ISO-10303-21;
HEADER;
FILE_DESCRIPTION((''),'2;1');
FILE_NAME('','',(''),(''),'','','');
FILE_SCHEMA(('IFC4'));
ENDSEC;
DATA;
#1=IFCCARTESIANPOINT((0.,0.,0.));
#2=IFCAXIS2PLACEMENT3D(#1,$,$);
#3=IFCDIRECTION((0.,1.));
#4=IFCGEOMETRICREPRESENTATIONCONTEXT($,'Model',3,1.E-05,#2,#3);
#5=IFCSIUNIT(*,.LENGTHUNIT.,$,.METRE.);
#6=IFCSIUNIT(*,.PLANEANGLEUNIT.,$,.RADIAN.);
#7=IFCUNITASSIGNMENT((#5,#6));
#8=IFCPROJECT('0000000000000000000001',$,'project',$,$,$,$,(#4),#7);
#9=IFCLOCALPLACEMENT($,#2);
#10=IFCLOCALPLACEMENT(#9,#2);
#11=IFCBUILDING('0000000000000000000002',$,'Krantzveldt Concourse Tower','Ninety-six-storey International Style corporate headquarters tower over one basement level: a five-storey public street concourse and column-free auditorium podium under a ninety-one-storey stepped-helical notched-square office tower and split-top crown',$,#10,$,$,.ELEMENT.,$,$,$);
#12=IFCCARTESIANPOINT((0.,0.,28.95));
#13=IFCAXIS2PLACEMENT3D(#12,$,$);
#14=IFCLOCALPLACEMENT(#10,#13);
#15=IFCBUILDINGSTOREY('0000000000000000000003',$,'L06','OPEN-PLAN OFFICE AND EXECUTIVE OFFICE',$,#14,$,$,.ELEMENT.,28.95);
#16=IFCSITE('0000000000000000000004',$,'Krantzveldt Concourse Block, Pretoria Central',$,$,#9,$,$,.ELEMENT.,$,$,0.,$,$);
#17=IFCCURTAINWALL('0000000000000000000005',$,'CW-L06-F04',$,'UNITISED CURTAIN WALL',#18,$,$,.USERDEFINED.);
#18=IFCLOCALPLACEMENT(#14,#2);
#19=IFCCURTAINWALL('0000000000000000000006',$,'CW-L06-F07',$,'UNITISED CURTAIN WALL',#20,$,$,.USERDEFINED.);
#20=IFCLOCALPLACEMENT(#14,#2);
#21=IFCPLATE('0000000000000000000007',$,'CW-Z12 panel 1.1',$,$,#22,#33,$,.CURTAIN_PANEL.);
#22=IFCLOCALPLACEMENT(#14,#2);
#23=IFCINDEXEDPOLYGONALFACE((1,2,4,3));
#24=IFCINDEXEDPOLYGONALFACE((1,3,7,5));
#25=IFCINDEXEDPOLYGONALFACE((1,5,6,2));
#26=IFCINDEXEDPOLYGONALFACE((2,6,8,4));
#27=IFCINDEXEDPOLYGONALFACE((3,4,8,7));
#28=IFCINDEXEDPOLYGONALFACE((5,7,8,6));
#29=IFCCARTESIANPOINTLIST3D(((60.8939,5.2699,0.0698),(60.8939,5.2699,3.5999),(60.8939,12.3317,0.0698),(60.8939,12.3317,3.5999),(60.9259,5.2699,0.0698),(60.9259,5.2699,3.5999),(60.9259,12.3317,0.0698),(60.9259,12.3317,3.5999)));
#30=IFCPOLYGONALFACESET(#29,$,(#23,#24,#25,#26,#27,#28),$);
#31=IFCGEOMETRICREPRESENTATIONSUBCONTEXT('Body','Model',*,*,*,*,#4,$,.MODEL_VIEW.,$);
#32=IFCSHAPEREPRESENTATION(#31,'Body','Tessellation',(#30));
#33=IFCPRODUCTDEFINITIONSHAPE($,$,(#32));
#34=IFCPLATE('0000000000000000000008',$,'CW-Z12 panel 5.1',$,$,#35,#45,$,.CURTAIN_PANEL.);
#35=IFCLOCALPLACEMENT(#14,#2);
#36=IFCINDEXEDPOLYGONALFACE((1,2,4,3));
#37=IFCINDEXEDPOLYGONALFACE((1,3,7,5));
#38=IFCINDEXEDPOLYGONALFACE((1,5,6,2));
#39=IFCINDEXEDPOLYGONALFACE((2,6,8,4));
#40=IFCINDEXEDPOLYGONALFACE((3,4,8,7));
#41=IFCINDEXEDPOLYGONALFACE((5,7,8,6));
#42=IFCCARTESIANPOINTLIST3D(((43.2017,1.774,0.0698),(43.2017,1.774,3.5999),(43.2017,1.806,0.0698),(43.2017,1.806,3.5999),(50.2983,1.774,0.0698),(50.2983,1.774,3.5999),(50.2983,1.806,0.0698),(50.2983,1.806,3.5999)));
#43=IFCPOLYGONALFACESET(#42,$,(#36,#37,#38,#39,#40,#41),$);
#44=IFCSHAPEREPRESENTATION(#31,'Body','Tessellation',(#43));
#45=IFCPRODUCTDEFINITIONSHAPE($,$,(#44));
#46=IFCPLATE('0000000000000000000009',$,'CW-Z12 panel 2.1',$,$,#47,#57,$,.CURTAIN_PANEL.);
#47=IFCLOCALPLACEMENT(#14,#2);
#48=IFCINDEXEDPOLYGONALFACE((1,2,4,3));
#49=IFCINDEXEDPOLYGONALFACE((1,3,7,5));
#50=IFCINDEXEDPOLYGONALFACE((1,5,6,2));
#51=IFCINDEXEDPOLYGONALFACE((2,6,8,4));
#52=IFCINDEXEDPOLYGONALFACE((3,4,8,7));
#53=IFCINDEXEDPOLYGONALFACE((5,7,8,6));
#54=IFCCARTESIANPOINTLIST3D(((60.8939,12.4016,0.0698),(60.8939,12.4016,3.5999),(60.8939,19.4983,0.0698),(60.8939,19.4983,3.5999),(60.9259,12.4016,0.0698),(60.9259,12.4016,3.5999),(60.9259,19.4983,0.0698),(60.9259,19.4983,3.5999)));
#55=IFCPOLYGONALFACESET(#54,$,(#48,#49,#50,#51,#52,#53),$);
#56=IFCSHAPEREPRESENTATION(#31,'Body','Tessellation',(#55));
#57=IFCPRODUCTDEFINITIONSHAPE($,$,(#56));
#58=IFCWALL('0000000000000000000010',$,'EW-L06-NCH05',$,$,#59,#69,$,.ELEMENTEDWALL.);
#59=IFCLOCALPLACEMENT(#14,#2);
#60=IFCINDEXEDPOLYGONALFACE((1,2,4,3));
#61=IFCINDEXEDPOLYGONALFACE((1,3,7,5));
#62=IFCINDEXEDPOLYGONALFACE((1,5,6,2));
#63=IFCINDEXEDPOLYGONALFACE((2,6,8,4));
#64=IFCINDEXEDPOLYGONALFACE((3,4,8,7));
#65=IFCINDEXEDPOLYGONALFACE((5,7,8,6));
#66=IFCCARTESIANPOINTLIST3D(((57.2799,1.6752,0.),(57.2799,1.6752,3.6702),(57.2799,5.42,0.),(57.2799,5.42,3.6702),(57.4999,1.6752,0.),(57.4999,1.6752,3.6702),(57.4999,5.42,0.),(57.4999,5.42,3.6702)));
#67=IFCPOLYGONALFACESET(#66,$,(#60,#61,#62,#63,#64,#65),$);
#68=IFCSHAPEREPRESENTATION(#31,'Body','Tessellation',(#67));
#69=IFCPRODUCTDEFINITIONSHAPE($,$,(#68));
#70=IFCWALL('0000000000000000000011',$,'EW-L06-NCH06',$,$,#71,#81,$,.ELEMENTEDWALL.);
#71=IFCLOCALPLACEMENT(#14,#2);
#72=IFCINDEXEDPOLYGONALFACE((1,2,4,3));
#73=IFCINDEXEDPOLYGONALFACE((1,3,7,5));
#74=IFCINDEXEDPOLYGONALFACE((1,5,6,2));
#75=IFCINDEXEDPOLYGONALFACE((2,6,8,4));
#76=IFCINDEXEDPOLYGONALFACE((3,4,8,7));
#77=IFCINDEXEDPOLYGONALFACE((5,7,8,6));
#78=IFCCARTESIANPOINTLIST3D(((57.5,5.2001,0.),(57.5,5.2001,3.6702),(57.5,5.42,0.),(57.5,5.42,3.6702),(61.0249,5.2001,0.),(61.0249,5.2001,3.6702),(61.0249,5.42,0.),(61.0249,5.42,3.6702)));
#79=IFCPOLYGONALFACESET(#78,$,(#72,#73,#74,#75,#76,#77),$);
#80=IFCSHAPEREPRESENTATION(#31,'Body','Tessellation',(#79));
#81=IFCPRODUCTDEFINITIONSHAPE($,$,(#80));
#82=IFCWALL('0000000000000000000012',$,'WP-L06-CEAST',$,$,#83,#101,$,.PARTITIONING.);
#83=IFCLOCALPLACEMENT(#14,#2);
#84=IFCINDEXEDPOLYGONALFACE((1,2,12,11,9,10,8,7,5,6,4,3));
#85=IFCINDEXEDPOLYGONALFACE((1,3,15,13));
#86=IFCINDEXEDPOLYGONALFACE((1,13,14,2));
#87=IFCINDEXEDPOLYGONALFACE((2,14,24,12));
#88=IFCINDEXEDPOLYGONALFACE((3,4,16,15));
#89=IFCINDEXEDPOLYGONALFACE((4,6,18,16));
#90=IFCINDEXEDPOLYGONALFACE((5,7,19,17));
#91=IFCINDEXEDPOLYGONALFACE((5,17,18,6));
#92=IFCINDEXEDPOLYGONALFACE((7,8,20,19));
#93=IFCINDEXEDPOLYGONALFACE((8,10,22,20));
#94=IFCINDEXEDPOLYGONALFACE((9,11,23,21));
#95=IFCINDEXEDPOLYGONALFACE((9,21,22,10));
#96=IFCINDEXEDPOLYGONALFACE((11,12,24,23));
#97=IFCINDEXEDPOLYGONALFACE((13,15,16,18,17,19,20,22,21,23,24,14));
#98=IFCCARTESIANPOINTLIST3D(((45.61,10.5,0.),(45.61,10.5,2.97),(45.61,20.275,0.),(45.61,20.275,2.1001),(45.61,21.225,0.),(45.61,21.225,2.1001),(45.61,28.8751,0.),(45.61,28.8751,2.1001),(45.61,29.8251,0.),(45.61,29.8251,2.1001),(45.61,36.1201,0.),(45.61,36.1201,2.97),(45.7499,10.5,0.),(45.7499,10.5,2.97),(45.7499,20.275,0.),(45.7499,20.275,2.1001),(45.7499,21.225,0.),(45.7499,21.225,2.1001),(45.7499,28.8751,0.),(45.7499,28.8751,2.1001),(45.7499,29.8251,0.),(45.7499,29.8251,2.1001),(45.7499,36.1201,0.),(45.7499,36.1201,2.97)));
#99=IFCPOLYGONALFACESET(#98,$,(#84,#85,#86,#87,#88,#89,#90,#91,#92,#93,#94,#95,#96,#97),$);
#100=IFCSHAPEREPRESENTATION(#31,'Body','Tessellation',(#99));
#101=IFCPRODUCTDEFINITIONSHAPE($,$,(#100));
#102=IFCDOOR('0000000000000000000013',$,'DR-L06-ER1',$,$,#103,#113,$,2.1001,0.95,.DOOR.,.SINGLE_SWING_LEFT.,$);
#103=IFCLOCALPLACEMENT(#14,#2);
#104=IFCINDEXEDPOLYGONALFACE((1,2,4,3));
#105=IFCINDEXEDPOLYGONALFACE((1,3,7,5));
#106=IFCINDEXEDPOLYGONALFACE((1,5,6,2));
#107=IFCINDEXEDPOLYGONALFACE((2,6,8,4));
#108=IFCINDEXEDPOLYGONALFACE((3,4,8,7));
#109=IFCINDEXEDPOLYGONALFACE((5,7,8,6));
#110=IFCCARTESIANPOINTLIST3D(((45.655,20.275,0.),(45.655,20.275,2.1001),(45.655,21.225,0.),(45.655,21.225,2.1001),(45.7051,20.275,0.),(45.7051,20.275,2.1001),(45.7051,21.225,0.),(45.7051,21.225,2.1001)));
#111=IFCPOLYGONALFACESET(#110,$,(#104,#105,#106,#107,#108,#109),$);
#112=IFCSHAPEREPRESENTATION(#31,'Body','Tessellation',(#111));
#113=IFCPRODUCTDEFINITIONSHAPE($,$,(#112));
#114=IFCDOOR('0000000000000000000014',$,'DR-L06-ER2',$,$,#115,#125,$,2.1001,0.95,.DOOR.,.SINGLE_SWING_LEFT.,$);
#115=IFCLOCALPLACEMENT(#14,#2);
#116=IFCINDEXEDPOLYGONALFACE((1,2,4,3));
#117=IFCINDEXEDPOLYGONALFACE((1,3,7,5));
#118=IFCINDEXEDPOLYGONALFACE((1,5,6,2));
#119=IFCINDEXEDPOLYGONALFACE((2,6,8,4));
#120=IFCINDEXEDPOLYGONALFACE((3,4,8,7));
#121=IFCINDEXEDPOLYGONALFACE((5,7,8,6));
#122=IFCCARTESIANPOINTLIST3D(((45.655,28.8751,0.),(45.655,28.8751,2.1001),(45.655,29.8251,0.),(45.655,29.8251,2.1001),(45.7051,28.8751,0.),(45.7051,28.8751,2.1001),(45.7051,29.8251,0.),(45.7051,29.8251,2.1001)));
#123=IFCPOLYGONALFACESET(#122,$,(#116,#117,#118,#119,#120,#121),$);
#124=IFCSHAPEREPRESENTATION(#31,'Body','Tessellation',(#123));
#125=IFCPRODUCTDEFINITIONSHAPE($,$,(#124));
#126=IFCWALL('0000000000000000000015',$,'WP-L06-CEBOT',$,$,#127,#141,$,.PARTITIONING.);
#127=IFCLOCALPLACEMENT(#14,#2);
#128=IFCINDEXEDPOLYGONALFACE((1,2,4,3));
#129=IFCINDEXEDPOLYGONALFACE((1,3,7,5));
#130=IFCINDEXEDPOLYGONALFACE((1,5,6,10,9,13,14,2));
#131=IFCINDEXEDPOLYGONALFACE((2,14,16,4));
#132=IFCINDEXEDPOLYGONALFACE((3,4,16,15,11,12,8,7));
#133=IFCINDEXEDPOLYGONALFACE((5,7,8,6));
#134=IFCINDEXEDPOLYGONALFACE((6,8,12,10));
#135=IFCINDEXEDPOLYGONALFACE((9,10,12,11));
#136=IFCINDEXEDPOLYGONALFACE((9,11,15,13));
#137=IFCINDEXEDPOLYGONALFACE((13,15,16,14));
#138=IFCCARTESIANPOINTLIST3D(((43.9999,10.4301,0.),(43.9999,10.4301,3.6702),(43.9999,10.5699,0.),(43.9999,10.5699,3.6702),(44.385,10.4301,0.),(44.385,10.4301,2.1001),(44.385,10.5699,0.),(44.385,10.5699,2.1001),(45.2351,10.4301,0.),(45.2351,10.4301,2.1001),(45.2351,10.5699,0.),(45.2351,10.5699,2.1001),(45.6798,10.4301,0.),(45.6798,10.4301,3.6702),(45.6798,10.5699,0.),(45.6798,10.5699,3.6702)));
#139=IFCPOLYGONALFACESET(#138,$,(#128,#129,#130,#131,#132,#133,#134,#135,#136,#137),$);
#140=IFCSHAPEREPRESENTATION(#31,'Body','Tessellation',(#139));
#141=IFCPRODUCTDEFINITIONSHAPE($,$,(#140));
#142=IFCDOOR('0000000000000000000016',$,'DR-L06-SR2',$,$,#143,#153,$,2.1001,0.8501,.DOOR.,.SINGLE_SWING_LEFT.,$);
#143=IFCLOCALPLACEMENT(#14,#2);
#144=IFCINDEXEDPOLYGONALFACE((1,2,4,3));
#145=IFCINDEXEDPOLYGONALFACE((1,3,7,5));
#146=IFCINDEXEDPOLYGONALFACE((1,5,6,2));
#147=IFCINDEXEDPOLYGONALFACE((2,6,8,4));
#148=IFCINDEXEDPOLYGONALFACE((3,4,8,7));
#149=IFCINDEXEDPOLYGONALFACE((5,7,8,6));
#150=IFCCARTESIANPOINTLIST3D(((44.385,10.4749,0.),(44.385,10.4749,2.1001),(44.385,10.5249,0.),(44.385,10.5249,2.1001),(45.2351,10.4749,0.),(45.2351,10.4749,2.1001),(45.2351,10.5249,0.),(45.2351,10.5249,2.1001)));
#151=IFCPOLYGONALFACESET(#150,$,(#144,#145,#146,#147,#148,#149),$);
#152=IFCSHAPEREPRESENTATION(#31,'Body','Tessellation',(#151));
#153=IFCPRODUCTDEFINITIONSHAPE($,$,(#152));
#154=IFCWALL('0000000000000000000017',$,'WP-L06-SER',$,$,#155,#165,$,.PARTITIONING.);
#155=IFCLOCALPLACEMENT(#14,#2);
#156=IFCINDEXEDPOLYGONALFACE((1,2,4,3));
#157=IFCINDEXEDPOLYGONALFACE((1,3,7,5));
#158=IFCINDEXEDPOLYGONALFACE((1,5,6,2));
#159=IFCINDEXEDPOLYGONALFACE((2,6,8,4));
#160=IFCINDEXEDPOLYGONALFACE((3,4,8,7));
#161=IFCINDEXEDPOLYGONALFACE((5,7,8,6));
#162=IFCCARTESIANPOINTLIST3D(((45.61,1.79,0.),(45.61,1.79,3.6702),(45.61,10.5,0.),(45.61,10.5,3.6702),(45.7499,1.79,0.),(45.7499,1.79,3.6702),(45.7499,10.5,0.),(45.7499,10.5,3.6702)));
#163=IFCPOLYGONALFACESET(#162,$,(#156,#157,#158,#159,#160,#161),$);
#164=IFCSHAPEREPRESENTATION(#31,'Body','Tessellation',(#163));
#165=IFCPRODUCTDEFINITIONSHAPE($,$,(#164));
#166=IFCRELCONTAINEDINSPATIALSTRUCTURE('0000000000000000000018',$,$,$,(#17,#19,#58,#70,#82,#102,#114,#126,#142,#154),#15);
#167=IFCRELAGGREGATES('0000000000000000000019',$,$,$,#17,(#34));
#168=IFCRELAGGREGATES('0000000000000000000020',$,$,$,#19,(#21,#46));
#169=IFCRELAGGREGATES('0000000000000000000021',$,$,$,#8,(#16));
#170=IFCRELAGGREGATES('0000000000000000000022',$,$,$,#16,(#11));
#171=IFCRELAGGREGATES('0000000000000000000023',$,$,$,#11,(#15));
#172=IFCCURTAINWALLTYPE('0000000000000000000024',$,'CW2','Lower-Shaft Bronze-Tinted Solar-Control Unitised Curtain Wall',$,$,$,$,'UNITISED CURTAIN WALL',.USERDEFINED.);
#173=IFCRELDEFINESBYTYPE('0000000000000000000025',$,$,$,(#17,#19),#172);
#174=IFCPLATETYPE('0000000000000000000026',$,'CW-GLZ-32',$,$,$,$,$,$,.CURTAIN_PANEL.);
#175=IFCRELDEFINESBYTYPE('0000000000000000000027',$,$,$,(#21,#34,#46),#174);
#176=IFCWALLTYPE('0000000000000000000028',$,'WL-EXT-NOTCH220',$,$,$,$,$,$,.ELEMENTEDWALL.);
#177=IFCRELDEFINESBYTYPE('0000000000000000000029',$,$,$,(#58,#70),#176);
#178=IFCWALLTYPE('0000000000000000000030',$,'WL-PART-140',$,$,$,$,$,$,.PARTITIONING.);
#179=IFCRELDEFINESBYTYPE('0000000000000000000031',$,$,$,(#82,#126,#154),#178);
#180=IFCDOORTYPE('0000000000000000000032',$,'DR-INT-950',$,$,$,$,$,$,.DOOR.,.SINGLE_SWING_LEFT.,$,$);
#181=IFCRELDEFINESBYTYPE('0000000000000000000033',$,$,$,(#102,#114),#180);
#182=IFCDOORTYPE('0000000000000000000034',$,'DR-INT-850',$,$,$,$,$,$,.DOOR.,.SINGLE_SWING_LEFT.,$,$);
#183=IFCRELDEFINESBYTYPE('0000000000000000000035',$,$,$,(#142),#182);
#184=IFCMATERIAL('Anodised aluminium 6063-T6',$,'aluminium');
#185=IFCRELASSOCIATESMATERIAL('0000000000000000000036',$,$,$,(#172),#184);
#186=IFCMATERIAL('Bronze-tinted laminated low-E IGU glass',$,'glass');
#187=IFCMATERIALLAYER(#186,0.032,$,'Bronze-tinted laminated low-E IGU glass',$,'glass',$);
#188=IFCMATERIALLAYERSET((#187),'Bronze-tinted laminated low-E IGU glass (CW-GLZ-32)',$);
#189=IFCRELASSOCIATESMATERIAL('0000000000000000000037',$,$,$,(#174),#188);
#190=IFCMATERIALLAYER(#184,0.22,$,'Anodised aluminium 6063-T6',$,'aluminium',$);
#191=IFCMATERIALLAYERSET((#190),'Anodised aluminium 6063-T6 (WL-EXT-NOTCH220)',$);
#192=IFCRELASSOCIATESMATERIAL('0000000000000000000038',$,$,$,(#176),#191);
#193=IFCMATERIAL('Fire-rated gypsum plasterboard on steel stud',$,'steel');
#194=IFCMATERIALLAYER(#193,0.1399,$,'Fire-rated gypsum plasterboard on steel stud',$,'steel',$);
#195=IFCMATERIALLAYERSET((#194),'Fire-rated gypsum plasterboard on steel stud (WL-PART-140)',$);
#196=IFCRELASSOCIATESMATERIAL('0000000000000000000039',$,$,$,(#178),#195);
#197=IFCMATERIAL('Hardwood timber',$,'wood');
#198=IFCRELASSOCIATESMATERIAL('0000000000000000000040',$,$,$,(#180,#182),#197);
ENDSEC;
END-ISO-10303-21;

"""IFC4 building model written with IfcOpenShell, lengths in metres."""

from ifc_helpers import new_model, si_unit, direction, frame, frame_2d, origin, origin_2d, place, context, subcontext, project, spatial, rectangle, extrude, source, transform, mapped, material, layer, layer_set, type_object, type_shapes, element, fill, aggregate, save


model = new_model("IFC4")

# Units and contexts
model_context = context("Model", 3, precision=1e-05, world=origin(), true_north=direction((0.0, 1.0)))
body_context = subcontext(model_context, "Body", "Model", "MODEL_VIEW")
ifc_project = project(units=[si_unit("LENGTHUNIT", "METRE"), si_unit("PLANEANGLEUNIT", "RADIAN")], contexts=[model_context])

# Site, building, storey
site_placement = place(None, origin())
site = spatial("IfcSite", under=ifc_project, at=site_placement, Name="Krantzveldt Concourse Block, Pretoria Central", CompositionType="ELEMENT", RefElevation=0.0)
building_placement = place(site_placement, origin())
building = spatial("IfcBuilding", under=site, at=building_placement, Name="Krantzveldt Concourse Tower", Description="Ninety-six-storey International Style corporate headquarters tower over one basement level: a five-storey public street concourse and column-free auditorium podium under a ninety-one-storey stepped-helical notched-square office tower and split-top crown", CompositionType="ELEMENT")
storey_placement = place(building_placement, frame((0.0, 0.0, 28.95)))
storey = spatial("IfcBuildingStorey", under=building, at=storey_placement, Name="L06", Description="OPEN-PLAN OFFICE AND EXECUTIVE OFFICE", CompositionType="ELEMENT", Elevation=28.95)

# Curtain walls
ifc_material_1 = material(Name="Anodised aluminium 6063-T6", Category="aluminium")
curtain_wall_type = type_object("IfcCurtainWallType", Name="CW2", Description="Lower-Shaft Bronze-Tinted Solar-Control Unitised Curtain Wall", ElementType="UNITISED CURTAIN WALL", PredefinedType="USERDEFINED", material=ifc_material_1)
curtain_wall_1_placement = place(storey_placement, origin())
curtain_wall_1 = element("IfcCurtainWall", 1, at=curtain_wall_1_placement, inside=storey, type_object=curtain_wall_type, Name="CW-L06-F04", ObjectType="UNITISED CURTAIN WALL", PredefinedType="USERDEFINED")
curtain_wall_2_placement = place(storey_placement, origin())
curtain_wall_2 = element("IfcCurtainWall", 2, at=curtain_wall_2_placement, inside=storey, type_object=curtain_wall_type, Name="CW-L06-F07", ObjectType="UNITISED CURTAIN WALL", PredefinedType="USERDEFINED")

# Plates
ifc_material_2 = material(Name="Bronze-tinted laminated low-E IGU glass", Category="glass")
ifc_layer_1 = layer(ifc_material_2, 0.032, Name="Bronze-tinted laminated low-E IGU glass", Category="glass")
ifc_layer_set_1 = layer_set([ifc_layer_1], Name="Bronze-tinted laminated low-E IGU glass (CW-GLZ-32)")
plate_type = type_object("IfcPlateType", Name="CW-GLZ-32", PredefinedType="CURTAIN_PANEL", material=ifc_layer_set_1)
shared_shape_1 = source(origin(), body_context, "Body", "SweptSolid", [
    extrude(rectangle(XDim=7.0618, YDim=0.032, at=origin_2d()), origin(), (0.0, 0.0, 1.0), 3.53),
])
plate_1_placement = place(storey_placement, frame((60.9099, 8.8008, 0.0698), z_axis=(0.0, 0.0, 1.0), x_axis=(0.0, 1.0, 0.0)))
plate_1 = element("IfcPlate", 3, at=plate_1_placement, type_object=plate_type, Name="CW-Z12 panel 1.1", PredefinedType="CURTAIN_PANEL", context=body_context, shape_type="MappedRepresentation", body=[
    mapped(shared_shape_1, transform((0.0, 0.0, 0.0), x_axis=(1.0, 0.0, 0.0), y_axis=(0.0, 1.0, 0.0), z_axis=(0.0, 0.0, 1.0), scale=1.0)),
])
shared_shape_2 = source(origin(), body_context, "Body", "SweptSolid", [
    extrude(rectangle(XDim=7.0967, YDim=0.032, at=origin_2d()), origin(), (0.0, 0.0, 1.0), 3.53),
])
type_shapes(plate_type, [shared_shape_1, shared_shape_2])
plate_2_placement = place(storey_placement, frame((46.75, 1.79, 0.0698), z_axis=(0.0, 0.0, 1.0), x_axis=(1.0, 0.0, 0.0)))
plate_2 = element("IfcPlate", 4, at=plate_2_placement, type_object=plate_type, Name="CW-Z12 panel 5.1", PredefinedType="CURTAIN_PANEL", context=body_context, shape_type="MappedRepresentation", body=[
    mapped(shared_shape_2, transform((0.0, 0.0, 0.0), x_axis=(1.0, 0.0, 0.0), y_axis=(0.0, 1.0, 0.0), z_axis=(0.0, 0.0, 1.0), scale=1.0)),
])
aggregate(curtain_wall_1, [plate_2])
plate_3_placement = place(storey_placement, frame((60.9099, 15.95, 0.0698), z_axis=(0.0, 0.0, 1.0), x_axis=(0.0, 1.0, 0.0)))
plate_3 = element("IfcPlate", 5, at=plate_3_placement, type_object=plate_type, Name="CW-Z12 panel 2.1", PredefinedType="CURTAIN_PANEL", context=body_context, shape_type="MappedRepresentation", body=[
    mapped(shared_shape_2, transform((0.0, 0.0, 0.0), x_axis=(1.0, 0.0, 0.0), y_axis=(0.0, 1.0, 0.0), z_axis=(0.0, 0.0, 1.0), scale=1.0)),
])
aggregate(curtain_wall_2, [plate_1, plate_3])

# Walls
ifc_layer_2 = layer(ifc_material_1, 0.22, Name="Anodised aluminium 6063-T6", Category="aluminium")
ifc_layer_set_2 = layer_set([ifc_layer_2], Name="Anodised aluminium 6063-T6 (WL-EXT-NOTCH220)")
wall_type_1 = type_object("IfcWallType", Name="WL-EXT-NOTCH220", PredefinedType="ELEMENTEDWALL", material=ifc_layer_set_2)
wall_1_placement = place(storey_placement, frame((57.3899, 1.675, 0.0), z_axis=(0.0, 0.0, 1.0), x_axis=(0.0, 1.0, 0.0)))
element("IfcWall", 6, at=wall_1_placement, inside=storey, type_object=wall_type_1, Name="EW-L06-NCH05", PredefinedType="ELEMENTEDWALL", context=body_context, shape_type="SweptSolid", body=[
    extrude(rectangle(XDim=3.7449, YDim=0.22, at=frame_2d((1.8726, 0.0))), origin(), (0.0, 0.0, 1.0), 3.6702),
])
wall_2_placement = place(storey_placement, frame((57.5, 5.3101, 0.0), z_axis=(0.0, 0.0, 1.0), x_axis=(1.0, 0.0, 0.0)))
element("IfcWall", 7, at=wall_2_placement, inside=storey, type_object=wall_type_1, Name="EW-L06-NCH06", PredefinedType="ELEMENTEDWALL", context=body_context, shape_type="SweptSolid", body=[
    extrude(rectangle(XDim=3.5249, YDim=0.22, at=frame_2d((1.7625, 0.0))), origin(), (0.0, 0.0, 1.0), 3.6702),
])

# Wall, openings, doors
ifc_material_3 = material(Name="Fire-rated gypsum plasterboard on steel stud", Category="steel")
ifc_layer_3 = layer(ifc_material_3, 0.1399, Name="Fire-rated gypsum plasterboard on steel stud", Category="steel")
ifc_layer_set_3 = layer_set([ifc_layer_3], Name="Fire-rated gypsum plasterboard on steel stud (WL-PART-140)")
wall_type_2 = type_object("IfcWallType", Name="WL-PART-140", PredefinedType="PARTITIONING", material=ifc_layer_set_3)
wall_3_placement = place(storey_placement, frame((45.6799, 10.5, 0.0), z_axis=(0.0, 0.0, 1.0), x_axis=(0.0, 1.0, 0.0)))
wall_3 = element("IfcWall", 8, at=wall_3_placement, inside=storey, type_object=wall_type_2, Name="WP-L06-CEAST", PredefinedType="PARTITIONING", context=body_context, shape_type="SweptSolid", body=[
    extrude(rectangle(XDim=25.6201, YDim=0.1399, at=frame_2d((12.8101, 0.0))), origin(), (0.0, 0.0, 1.0), 2.97),
])
opening_1_placement = place(wall_3_placement, frame((9.7749, 0.0, 0.0)))
opening_1 = element("IfcOpeningElement", 9, at=opening_1_placement, cuts=wall_3, PredefinedType="OPENING", context=body_context, shape_type="SweptSolid", body=[
    extrude(rectangle(XDim=0.95, YDim=2.1001, at=frame_2d((0.4751, 1.05))), frame((0.0, 0.0801, 0.0), z_axis=(0.0, -1.0, 0.0), x_axis=(1.0, 0.0, 0.0)), (0.0, 0.0, 1.0), 0.1599),
])
opening_2_placement = place(wall_3_placement, frame((18.375, 0.0, 0.0)))
opening_2 = element("IfcOpeningElement", 10, at=opening_2_placement, cuts=wall_3, PredefinedType="OPENING", context=body_context, shape_type="SweptSolid", body=[
    extrude(rectangle(XDim=0.95, YDim=2.1001, at=frame_2d((0.4751, 1.05))), frame((0.0, 0.0801, 0.0), z_axis=(0.0, -1.0, 0.0), x_axis=(1.0, 0.0, 0.0)), (0.0, 0.0, 1.0), 0.1599),
])
ifc_material_4 = material(Name="Hardwood timber", Category="wood")
door_type_1 = type_object("IfcDoorType", Name="DR-INT-950", OperationType="SINGLE_SWING_LEFT", PredefinedType="DOOR", material=ifc_material_4)
door_1_placement = place(opening_1_placement, origin())
door_1 = element("IfcDoor", 11, at=door_1_placement, inside=storey, type_object=door_type_1, Name="DR-L06-ER1", OperationType="SINGLE_SWING_LEFT", OverallHeight=2.1001, OverallWidth=0.95, PredefinedType="DOOR", context=body_context, shape_type="SweptSolid", body=[
    extrude(rectangle(XDim=0.95, YDim=2.1001, at=frame_2d((0.4751, 1.05))), frame((0.0, 0.0249, 0.0), z_axis=(0.0, -1.0, 0.0), x_axis=(1.0, 0.0, 0.0)), (0.0, 0.0, 1.0), 0.05),
])
fill(opening_1, door_1)
door_2_placement = place(opening_2_placement, origin())
door_2 = element("IfcDoor", 12, at=door_2_placement, inside=storey, type_object=door_type_1, Name="DR-L06-ER2", OperationType="SINGLE_SWING_LEFT", OverallHeight=2.1001, OverallWidth=0.95, PredefinedType="DOOR", context=body_context, shape_type="SweptSolid", body=[
    extrude(rectangle(XDim=0.95, YDim=2.1001, at=frame_2d((0.4751, 1.05))), frame((0.0, 0.0249, 0.0), z_axis=(0.0, -1.0, 0.0), x_axis=(1.0, 0.0, 0.0)), (0.0, 0.0, 1.0), 0.05),
])
fill(opening_2, door_2)

# Wall, opening, door
wall_4_placement = place(storey_placement, frame((44.0, 10.5, 0.0), z_axis=(0.0, 0.0, 1.0), x_axis=(1.0, 0.0, 0.0)))
wall_4 = element("IfcWall", 13, at=wall_4_placement, inside=storey, type_object=wall_type_2, Name="WP-L06-CEBOT", PredefinedType="PARTITIONING", context=body_context, shape_type="SweptSolid", body=[
    extrude(rectangle(XDim=1.6799, YDim=0.1399, at=frame_2d((0.8398, 0.0))), origin(), (0.0, 0.0, 1.0), 3.6702),
])
opening_3_placement = place(wall_4_placement, frame((0.385, 0.0, 0.0)))
opening_3 = element("IfcOpeningElement", 14, at=opening_3_placement, cuts=wall_4, PredefinedType="OPENING", context=body_context, shape_type="SweptSolid", body=[
    extrude(rectangle(XDim=0.8501, YDim=2.1001, at=frame_2d((0.425, 1.05))), frame((0.0, 0.0801, 0.0), z_axis=(0.0, -1.0, 0.0), x_axis=(1.0, 0.0, 0.0)), (0.0, 0.0, 1.0), 0.1599),
])
door_type_2 = type_object("IfcDoorType", Name="DR-INT-850", OperationType="SINGLE_SWING_LEFT", PredefinedType="DOOR", material=ifc_material_4)
door_3_placement = place(opening_3_placement, origin())
door_3 = element("IfcDoor", 15, at=door_3_placement, inside=storey, type_object=door_type_2, Name="DR-L06-SR2", OperationType="SINGLE_SWING_LEFT", OverallHeight=2.1001, OverallWidth=0.8501, PredefinedType="DOOR", context=body_context, shape_type="SweptSolid", body=[
    extrude(rectangle(XDim=0.8501, YDim=2.1001, at=frame_2d((0.425, 1.05))), frame((0.0, 0.0249, 0.0), z_axis=(0.0, -1.0, 0.0), x_axis=(1.0, 0.0, 0.0)), (0.0, 0.0, 1.0), 0.05),
])
fill(opening_3, door_3)

# Wall
wall_5_placement = place(storey_placement, frame((45.6799, 1.79, 0.0), z_axis=(0.0, 0.0, 1.0), x_axis=(0.0, 1.0, 0.0)))
element("IfcWall", 16, at=wall_5_placement, inside=storey, type_object=wall_type_2, Name="WP-L06-SER", PredefinedType="PARTITIONING", context=body_context, shape_type="SweptSolid", body=[
    extrude(rectangle(XDim=8.71, YDim=0.1399, at=frame_2d((4.355, 0.0))), origin(), (0.0, 0.0, 1.0), 3.6702),
])

save(model, "model.ifc")
